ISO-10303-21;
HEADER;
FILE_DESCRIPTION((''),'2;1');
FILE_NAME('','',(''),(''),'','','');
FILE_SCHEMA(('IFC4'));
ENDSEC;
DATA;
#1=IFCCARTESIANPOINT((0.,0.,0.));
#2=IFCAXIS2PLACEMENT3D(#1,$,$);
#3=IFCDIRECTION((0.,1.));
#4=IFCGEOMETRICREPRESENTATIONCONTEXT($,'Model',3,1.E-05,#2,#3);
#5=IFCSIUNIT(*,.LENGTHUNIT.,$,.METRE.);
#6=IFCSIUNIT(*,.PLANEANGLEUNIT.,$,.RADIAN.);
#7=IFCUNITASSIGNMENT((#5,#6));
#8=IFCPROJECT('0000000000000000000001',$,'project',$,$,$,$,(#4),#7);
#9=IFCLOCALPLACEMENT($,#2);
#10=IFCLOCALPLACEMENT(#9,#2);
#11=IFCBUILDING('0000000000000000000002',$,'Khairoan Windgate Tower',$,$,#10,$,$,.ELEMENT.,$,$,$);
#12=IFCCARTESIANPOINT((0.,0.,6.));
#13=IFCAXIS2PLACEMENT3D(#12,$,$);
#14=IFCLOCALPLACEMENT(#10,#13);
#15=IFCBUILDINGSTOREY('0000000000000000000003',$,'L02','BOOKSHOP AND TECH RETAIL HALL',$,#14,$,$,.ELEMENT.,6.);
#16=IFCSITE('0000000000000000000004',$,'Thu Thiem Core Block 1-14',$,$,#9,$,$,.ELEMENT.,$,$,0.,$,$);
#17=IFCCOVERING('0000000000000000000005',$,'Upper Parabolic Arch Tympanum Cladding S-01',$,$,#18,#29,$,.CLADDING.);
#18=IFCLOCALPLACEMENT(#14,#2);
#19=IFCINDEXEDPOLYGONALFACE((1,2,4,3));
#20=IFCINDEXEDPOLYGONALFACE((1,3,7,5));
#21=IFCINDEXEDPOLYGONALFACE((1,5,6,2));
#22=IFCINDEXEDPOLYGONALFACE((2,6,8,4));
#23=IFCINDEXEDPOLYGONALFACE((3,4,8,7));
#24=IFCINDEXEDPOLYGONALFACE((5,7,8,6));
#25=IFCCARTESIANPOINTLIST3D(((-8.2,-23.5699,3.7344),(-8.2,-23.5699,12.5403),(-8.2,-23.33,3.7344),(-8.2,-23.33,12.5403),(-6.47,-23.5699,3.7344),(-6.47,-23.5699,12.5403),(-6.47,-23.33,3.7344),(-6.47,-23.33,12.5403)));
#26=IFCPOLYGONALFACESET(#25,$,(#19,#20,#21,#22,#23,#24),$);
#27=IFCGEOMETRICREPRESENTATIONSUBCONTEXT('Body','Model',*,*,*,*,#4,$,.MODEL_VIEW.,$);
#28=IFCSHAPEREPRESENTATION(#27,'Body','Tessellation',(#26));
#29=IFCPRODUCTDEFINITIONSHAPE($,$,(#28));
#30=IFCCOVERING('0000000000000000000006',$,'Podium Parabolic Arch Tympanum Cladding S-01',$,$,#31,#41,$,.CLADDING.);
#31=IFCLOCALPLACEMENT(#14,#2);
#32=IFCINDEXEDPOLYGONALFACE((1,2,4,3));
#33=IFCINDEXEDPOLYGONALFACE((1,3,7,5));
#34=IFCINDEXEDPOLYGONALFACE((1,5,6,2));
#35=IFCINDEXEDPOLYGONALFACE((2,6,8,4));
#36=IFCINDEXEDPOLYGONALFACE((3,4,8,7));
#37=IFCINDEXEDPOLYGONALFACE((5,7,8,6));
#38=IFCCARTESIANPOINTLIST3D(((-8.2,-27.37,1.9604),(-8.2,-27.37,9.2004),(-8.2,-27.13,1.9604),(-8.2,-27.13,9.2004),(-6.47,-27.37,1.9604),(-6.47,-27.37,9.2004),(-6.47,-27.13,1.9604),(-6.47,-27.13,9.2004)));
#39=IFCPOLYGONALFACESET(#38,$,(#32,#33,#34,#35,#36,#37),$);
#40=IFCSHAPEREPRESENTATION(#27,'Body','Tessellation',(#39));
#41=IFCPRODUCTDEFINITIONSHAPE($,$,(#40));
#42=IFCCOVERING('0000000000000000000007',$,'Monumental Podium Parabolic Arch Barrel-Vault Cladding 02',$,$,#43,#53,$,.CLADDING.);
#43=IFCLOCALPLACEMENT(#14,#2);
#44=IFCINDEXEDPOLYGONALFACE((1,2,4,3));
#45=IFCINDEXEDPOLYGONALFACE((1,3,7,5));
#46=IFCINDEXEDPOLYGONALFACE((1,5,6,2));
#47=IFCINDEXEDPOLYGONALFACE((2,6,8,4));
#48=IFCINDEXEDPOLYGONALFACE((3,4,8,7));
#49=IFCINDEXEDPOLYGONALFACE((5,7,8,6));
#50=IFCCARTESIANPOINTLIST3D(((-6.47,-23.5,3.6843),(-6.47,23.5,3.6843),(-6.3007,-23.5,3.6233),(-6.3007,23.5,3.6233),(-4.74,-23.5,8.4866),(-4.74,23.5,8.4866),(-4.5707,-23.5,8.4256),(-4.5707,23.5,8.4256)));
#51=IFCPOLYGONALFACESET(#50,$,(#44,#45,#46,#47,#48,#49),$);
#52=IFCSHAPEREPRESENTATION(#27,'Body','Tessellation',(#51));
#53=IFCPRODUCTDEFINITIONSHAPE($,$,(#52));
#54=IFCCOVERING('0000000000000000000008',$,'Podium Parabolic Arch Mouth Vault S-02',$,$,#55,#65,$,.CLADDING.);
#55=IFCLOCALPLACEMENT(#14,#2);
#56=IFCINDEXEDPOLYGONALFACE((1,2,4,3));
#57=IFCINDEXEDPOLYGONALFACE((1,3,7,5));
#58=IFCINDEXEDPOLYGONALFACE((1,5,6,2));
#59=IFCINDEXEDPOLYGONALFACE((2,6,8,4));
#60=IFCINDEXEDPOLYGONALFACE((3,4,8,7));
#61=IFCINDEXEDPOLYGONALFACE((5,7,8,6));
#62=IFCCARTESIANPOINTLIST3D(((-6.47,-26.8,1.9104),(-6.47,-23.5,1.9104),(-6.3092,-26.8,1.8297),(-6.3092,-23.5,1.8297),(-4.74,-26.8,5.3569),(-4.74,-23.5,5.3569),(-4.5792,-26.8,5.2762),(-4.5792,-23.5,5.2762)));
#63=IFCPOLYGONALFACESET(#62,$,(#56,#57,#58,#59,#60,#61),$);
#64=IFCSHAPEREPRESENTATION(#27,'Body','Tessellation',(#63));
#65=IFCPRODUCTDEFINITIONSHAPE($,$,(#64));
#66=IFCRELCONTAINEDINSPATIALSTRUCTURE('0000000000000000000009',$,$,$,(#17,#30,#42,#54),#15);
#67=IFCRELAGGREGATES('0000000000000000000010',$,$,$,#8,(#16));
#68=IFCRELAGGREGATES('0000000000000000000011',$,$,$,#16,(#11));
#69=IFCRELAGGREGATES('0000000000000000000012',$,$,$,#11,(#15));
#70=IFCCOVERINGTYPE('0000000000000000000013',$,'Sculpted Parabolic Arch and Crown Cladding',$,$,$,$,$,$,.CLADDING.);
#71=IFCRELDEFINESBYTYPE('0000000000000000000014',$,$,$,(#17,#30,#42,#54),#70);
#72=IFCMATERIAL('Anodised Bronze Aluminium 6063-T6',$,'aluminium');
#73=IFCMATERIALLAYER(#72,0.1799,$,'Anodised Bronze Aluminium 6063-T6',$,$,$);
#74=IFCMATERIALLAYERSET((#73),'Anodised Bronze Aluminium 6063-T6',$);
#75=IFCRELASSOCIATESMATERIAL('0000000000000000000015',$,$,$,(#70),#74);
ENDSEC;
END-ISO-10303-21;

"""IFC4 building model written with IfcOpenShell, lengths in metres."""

from ifc_helpers import new_model, si_unit, direction, frame, origin, origin_2d, place, context, subcontext, project, spatial, polyline, rectangle, outline, extrude, material, layer, layer_set, type_object, element, save


model = new_model("IFC4")

# Units and contexts
model_context = context("Model", 3, precision=1e-05, world=origin(), true_north=direction((0.0, 1.0)))
body_context = subcontext(model_context, "Body", "Model", "MODEL_VIEW")
ifc_project = project(units=[si_unit("LENGTHUNIT", "METRE"), si_unit("PLANEANGLEUNIT", "RADIAN")], contexts=[model_context])

# Site, building, storey
site_placement = place(None, origin())
site = spatial("IfcSite", under=ifc_project, at=site_placement, Name="Thu Thiem Core Block 1-14", CompositionType="ELEMENT", RefElevation=0.0)
building_placement = place(site_placement, origin())
building = spatial("IfcBuilding", under=site, at=building_placement, Name="Khairoan Windgate Tower", CompositionType="ELEMENT")
storey_placement = place(building_placement, frame((0.0, 0.0, 6.0)))
storey = spatial("IfcBuildingStorey", under=building, at=storey_placement, Name="L02", Description="BOOKSHOP AND TECH RETAIL HALL", CompositionType="ELEMENT", Elevation=6.0)

# Coverings
ifc_material_1 = material(Name="Anodised Bronze Aluminium 6063-T6", Category="aluminium")
ifc_layer_1 = layer(ifc_material_1, 0.1799, Name="Anodised Bronze Aluminium 6063-T6")
ifc_layer_set_1 = layer_set([ifc_layer_1], Name="Anodised Bronze Aluminium 6063-T6")
covering_type_1 = type_object("IfcCoveringType", Name="Sculpted Parabolic Arch and Crown Cladding", PredefinedType="CLADDING", material=ifc_layer_set_1)
covering_1_placement = place(storey_placement, frame((-7.335, -23.45, 3.7344), z_axis=(0.0, 0.0, 1.0), x_axis=(1.0, 0.0, 0.0)))
element("IfcCovering", 1, at=covering_1_placement, inside=storey, type_object=covering_type_1, Name="Upper Parabolic Arch Tympanum Cladding S-01", PredefinedType="CLADDING", context=body_context, shape_type="SweptSolid", body=[
    extrude(rectangle(XDim=1.73, YDim=0.24, at=origin_2d()), origin(), (0.0, 0.0, 1.0), 8.8059),
])
covering_2_placement = place(storey_placement, frame((-7.335, -27.25, 1.9604), z_axis=(0.0, 0.0, 1.0), x_axis=(1.0, 0.0, 0.0)))
element("IfcCovering", 2, at=covering_2_placement, inside=storey, type_object=covering_type_1, Name="Podium Parabolic Arch Tympanum Cladding S-01", PredefinedType="CLADDING", context=body_context, shape_type="SweptSolid", body=[
    extrude(rectangle(XDim=1.73, YDim=0.24, at=origin_2d()), origin(), (0.0, 0.0, 1.0), 7.24),
])
covering_3_placement = place(storey_placement, frame((-6.47, -23.5, 3.6843), z_axis=(-0.940814, 0.0, 0.338923), x_axis=(0.338923, 0.0, 0.940814)))
element("IfcCovering", 3, at=covering_3_placement, inside=storey, type_object=covering_type_1, Name="Monumental Podium Parabolic Arch Barrel-Vault Cladding 02", PredefinedType="CLADDING", context=body_context, shape_type="SweptSolid", body=[
    extrude(outline(polyline([(0.0, 0.0), (5.1044, 0.0), (5.1044, 47.0), (0.0, 47.0), (0.0, 0.0)])), origin(), (0.0, 0.0, -1.0), 0.1799),
])
covering_4_placement = place(storey_placement, frame((-6.47, -26.8, 1.9104), z_axis=(-0.89373, 0.0, 0.448606), x_axis=(0.448606, 0.0, 0.89373)))
element("IfcCovering", 4, at=covering_4_placement, inside=storey, type_object=covering_type_1, Name="Podium Parabolic Arch Mouth Vault S-02", PredefinedType="CLADDING", context=body_context, shape_type="SweptSolid", body=[
    extrude(outline(polyline([(0.0, 0.0), (3.8563, 0.0), (3.8563, 3.3), (0.0, 3.3), (0.0, 0.0)])), origin(), (0.0, 0.0, -1.0), 0.1799),
])

save(model, "model.ifc")
